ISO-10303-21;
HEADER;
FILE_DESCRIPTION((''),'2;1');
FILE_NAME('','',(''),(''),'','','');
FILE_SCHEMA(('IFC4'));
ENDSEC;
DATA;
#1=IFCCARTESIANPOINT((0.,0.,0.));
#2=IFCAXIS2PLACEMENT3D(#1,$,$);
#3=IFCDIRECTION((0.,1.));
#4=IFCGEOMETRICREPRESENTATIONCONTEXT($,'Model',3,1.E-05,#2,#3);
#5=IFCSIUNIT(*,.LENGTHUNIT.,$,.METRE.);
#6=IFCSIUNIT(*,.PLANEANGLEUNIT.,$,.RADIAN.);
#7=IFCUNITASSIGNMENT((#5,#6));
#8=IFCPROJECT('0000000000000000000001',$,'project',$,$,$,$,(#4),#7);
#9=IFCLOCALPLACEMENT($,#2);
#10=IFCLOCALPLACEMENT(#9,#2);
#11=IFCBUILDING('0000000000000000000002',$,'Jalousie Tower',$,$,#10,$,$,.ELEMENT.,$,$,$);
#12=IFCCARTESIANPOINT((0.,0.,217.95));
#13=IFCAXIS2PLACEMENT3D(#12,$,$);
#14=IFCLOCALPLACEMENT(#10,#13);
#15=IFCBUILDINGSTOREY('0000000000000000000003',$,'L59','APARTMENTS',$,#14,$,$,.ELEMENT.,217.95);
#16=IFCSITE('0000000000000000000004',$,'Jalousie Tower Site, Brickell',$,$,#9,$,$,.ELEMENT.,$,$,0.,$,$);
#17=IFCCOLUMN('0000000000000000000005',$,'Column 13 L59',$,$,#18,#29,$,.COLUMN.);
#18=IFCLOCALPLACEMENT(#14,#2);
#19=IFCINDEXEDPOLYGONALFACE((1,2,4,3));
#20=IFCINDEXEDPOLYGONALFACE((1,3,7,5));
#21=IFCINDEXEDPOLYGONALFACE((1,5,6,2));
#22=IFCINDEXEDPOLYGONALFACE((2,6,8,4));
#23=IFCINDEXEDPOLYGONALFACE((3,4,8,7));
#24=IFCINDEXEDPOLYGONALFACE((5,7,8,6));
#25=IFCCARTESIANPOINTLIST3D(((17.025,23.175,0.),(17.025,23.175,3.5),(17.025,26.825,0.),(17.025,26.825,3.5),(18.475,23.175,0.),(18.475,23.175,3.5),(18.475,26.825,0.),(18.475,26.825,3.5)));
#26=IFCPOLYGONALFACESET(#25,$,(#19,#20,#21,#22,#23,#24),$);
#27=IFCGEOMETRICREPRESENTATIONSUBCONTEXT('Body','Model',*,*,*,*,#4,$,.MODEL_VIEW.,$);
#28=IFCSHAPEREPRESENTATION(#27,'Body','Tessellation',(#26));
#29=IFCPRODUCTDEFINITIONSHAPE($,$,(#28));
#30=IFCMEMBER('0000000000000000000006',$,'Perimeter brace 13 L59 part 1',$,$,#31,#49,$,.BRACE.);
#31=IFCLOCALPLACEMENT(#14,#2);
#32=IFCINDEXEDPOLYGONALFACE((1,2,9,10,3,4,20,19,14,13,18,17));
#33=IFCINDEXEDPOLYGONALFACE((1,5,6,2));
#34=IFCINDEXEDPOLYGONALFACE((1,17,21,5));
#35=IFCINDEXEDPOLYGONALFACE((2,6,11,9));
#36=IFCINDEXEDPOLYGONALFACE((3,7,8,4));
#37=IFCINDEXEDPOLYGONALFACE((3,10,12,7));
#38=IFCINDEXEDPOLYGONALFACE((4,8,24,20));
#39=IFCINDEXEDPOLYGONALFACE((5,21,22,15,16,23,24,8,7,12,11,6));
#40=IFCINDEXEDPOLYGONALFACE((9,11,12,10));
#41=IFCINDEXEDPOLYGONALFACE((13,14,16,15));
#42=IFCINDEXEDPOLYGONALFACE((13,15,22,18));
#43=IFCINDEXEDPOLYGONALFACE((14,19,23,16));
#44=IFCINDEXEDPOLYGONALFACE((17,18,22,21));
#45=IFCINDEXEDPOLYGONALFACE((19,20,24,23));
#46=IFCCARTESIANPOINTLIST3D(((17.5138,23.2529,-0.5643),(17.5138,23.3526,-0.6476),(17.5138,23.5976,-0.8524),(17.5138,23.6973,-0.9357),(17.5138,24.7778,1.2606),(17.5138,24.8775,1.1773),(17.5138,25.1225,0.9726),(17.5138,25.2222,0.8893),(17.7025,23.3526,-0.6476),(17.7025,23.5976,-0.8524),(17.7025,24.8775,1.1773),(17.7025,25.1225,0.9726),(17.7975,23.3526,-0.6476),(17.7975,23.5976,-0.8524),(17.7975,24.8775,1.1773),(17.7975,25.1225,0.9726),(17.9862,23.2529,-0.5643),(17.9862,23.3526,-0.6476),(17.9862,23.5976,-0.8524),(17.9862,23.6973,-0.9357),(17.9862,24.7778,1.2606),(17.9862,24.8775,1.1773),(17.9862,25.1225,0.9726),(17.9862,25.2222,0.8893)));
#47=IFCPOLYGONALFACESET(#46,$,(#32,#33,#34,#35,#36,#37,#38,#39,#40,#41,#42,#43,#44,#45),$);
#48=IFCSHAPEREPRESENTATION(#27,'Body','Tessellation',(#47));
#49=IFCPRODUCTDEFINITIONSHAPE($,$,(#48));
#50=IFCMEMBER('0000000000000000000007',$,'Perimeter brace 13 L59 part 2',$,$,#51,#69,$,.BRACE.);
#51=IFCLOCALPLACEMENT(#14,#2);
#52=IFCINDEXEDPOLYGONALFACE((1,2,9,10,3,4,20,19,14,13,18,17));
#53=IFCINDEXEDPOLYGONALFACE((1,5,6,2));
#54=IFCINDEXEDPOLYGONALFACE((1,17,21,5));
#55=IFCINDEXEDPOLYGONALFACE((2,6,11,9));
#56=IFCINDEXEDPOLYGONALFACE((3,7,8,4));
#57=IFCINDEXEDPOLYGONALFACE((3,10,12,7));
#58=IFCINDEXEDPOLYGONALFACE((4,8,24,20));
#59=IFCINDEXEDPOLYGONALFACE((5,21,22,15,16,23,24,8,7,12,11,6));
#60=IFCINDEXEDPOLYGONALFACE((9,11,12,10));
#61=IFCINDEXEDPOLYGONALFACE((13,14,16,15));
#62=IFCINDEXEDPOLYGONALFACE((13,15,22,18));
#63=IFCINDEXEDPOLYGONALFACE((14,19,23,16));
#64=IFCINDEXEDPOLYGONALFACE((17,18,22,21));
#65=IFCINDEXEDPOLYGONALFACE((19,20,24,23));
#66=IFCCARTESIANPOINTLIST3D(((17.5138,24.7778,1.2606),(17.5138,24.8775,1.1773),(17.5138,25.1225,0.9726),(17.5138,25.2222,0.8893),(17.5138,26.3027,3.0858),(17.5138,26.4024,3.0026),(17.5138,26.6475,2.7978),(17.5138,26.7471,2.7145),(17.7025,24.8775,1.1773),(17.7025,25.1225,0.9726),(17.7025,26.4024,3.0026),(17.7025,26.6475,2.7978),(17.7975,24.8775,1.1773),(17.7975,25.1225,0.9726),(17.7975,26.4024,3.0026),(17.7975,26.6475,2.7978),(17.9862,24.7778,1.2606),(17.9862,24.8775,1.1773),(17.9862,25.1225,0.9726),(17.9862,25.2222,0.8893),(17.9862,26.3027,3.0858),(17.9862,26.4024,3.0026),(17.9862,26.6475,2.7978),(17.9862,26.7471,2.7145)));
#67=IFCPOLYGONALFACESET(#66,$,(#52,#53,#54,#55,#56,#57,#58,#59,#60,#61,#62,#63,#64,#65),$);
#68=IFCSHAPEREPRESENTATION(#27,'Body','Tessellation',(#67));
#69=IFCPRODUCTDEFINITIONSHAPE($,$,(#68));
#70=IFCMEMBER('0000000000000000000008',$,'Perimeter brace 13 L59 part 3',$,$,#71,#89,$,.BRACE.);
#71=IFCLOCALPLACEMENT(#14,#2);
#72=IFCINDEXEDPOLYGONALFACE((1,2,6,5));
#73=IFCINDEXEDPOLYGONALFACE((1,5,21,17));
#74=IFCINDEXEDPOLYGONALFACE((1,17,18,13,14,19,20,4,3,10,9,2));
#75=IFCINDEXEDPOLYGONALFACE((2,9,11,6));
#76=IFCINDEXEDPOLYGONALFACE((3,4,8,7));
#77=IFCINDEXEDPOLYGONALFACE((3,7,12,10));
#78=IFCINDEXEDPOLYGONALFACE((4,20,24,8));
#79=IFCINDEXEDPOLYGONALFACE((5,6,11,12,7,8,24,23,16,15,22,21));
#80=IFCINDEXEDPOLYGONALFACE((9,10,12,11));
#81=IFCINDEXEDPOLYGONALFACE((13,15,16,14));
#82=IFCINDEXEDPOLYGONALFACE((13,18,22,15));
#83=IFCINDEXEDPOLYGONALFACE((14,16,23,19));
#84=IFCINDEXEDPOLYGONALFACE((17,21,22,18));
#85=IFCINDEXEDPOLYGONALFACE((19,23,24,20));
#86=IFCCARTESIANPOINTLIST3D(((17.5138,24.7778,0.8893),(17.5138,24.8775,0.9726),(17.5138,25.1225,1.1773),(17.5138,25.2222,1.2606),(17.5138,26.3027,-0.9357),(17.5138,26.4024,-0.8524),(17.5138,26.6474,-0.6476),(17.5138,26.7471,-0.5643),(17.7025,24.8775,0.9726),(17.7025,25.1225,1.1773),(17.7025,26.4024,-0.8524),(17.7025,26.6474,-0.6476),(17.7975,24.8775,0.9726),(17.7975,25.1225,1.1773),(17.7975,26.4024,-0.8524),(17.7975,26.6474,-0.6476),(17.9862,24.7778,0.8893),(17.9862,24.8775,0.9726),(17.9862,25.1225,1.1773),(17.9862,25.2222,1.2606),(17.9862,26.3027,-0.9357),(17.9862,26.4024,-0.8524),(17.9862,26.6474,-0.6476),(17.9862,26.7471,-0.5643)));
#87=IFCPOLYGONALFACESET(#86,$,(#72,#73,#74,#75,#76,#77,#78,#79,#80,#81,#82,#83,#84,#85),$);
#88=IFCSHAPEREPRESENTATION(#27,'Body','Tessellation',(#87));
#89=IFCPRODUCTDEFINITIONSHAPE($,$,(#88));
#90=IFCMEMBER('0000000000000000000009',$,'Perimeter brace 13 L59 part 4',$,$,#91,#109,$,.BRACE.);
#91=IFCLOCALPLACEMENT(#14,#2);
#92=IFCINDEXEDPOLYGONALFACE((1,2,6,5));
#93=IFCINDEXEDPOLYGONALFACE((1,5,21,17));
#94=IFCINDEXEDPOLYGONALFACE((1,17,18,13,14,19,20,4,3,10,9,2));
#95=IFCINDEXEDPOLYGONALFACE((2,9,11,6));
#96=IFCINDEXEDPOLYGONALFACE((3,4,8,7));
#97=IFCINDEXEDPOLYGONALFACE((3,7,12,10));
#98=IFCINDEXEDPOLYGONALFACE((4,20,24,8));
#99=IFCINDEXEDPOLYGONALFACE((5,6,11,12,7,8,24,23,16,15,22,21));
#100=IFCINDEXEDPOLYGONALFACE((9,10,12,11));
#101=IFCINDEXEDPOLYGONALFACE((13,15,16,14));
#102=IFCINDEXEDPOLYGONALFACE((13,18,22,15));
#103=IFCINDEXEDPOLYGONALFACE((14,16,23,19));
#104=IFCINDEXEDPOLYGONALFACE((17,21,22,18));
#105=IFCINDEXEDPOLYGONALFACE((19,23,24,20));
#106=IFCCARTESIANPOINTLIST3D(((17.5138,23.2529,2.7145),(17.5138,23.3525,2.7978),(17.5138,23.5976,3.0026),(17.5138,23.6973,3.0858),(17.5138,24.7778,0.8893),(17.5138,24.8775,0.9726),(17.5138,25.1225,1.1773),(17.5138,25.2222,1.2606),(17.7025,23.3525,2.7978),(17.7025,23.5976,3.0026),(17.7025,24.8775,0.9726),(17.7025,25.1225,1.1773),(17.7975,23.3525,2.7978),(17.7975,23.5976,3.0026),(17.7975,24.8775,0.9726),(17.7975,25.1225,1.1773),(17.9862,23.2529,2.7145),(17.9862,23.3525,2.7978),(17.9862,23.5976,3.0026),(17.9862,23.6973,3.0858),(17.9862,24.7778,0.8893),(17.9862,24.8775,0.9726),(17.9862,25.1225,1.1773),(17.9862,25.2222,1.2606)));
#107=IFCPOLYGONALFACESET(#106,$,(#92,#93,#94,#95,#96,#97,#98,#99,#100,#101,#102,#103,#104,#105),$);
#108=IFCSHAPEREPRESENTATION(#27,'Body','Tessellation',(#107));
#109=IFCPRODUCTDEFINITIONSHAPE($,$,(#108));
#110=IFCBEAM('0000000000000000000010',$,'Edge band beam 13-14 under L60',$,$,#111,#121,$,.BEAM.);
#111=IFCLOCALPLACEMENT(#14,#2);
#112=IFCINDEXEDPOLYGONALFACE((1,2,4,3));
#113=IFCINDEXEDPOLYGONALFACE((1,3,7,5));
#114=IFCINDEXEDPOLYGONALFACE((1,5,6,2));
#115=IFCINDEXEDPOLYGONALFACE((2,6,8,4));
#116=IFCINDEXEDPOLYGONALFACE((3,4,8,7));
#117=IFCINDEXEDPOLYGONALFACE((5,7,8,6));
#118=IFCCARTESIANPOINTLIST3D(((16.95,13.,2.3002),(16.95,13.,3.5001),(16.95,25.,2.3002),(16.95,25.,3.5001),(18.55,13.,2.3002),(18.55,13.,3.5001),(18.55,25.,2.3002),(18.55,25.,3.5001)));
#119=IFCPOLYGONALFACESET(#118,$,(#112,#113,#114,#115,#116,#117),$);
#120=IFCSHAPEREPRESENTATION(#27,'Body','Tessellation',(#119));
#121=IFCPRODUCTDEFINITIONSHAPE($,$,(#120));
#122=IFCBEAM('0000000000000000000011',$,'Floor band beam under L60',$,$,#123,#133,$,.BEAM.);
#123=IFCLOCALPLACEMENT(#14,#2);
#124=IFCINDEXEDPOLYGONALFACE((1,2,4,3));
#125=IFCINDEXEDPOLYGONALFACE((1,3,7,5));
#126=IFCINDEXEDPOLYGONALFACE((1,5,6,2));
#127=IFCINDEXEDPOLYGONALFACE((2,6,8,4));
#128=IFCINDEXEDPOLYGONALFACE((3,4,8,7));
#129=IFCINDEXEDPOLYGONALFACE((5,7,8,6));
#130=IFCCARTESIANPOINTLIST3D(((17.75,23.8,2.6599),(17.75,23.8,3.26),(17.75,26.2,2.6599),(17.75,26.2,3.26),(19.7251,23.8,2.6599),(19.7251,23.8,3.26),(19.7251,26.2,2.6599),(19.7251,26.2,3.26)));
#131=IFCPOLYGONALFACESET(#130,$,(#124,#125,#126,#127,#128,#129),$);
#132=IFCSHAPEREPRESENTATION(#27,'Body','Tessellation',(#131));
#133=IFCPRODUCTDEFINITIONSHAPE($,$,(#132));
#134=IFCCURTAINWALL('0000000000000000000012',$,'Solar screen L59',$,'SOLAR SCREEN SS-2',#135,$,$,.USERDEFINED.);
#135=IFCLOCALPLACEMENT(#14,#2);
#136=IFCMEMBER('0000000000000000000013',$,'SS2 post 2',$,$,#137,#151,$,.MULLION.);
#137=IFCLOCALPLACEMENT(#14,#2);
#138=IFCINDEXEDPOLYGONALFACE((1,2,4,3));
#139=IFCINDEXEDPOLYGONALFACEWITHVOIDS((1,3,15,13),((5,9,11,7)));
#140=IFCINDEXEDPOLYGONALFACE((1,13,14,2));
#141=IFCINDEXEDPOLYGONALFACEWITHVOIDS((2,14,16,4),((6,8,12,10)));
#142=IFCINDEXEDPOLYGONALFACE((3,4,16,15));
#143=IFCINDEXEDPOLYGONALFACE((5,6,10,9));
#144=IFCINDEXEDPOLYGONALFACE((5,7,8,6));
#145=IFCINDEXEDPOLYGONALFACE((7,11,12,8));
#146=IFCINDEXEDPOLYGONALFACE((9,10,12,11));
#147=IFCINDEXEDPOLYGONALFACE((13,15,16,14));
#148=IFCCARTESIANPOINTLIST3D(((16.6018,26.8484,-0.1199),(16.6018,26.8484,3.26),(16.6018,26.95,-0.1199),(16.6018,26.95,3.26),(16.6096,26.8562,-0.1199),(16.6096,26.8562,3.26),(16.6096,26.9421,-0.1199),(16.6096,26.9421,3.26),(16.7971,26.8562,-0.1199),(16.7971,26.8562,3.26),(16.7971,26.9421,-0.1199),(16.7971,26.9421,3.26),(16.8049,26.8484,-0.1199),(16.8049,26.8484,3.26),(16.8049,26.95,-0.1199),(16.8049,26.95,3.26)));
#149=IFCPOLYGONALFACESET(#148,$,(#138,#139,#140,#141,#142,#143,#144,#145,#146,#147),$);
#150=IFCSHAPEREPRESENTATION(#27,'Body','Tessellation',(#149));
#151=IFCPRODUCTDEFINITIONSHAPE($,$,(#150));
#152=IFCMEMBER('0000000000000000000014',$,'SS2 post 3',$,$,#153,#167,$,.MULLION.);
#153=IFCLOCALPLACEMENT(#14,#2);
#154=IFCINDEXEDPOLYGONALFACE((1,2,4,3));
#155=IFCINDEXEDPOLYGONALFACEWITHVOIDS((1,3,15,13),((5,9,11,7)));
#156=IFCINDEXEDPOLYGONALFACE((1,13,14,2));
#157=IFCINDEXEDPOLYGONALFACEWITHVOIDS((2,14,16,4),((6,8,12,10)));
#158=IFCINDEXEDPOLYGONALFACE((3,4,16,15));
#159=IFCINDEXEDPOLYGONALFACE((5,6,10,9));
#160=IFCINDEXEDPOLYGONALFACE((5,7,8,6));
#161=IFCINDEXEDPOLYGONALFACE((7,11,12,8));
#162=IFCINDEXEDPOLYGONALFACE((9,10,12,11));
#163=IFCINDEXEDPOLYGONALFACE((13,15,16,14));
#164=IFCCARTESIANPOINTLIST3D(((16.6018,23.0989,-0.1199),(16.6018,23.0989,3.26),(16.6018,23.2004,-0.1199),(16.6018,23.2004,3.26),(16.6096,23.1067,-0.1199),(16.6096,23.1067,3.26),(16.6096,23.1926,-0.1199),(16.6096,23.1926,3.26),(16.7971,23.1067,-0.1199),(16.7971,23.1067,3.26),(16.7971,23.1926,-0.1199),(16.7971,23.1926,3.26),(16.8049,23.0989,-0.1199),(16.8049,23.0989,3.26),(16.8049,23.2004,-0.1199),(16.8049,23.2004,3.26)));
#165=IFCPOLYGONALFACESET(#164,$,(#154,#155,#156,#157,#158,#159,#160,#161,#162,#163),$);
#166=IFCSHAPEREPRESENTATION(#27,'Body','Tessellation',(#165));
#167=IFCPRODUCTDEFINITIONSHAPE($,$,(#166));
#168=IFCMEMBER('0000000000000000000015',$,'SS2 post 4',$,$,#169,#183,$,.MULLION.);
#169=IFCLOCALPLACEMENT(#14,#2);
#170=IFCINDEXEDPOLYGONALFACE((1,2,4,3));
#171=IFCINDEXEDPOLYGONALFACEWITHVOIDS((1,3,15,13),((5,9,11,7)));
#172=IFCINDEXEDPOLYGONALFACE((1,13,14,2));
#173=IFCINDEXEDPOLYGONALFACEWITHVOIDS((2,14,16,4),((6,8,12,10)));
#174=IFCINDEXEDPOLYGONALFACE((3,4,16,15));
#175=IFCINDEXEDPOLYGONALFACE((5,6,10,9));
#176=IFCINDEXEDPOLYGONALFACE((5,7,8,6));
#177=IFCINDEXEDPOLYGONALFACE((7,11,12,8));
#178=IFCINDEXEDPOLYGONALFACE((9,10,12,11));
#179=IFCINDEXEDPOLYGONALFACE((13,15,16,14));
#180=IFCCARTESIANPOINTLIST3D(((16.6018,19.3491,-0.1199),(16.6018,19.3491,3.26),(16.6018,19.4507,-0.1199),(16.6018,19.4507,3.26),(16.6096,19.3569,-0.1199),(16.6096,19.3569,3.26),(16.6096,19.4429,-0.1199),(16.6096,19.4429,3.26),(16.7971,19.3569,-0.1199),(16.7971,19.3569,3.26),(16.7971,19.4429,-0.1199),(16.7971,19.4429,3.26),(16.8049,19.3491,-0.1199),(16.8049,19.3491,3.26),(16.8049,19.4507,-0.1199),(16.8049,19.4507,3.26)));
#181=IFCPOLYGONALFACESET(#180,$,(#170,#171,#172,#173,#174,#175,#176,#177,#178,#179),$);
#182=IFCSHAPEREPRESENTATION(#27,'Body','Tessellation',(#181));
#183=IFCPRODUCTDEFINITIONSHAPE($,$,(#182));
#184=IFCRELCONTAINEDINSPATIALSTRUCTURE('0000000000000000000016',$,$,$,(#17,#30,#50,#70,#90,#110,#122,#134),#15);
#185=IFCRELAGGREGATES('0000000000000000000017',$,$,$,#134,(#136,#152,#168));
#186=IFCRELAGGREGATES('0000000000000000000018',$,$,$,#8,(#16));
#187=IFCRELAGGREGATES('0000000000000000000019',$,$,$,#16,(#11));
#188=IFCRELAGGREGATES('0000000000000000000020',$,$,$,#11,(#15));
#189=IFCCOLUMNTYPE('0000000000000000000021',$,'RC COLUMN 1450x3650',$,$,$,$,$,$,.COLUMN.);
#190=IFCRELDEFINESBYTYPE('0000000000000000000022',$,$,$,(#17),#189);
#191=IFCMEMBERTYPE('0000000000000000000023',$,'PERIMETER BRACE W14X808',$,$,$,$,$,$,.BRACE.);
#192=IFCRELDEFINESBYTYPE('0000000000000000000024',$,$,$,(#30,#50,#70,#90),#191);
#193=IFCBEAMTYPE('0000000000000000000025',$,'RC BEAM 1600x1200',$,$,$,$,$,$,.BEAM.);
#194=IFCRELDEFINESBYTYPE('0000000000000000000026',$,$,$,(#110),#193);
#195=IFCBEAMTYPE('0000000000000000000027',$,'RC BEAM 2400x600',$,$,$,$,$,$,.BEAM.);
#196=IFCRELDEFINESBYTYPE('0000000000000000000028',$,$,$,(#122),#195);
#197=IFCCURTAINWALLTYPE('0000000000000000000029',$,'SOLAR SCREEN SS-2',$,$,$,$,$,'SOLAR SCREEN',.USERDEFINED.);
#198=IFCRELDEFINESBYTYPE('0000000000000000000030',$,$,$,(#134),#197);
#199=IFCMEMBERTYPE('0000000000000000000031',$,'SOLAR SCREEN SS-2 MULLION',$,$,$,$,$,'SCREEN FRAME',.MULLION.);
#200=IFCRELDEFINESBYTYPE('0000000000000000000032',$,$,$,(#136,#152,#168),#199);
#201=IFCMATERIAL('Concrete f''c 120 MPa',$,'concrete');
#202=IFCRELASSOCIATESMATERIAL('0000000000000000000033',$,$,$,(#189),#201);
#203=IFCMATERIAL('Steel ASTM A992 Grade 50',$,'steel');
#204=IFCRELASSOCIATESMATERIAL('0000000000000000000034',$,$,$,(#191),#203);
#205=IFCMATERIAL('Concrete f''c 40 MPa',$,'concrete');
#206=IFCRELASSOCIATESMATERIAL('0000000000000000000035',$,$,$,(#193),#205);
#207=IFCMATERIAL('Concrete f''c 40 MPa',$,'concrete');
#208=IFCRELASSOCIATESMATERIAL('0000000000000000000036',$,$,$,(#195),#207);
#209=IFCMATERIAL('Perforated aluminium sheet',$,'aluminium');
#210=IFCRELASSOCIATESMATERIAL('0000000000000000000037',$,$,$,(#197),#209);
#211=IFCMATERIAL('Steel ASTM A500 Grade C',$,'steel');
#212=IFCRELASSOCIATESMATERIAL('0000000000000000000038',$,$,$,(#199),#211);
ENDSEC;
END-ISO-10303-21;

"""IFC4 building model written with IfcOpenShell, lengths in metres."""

from ifc_helpers import new_model, si_unit, direction, frame, origin, origin_2d, place, context, subcontext, project, spatial, rectangle, hollow_rectangle, i_section, extrude, material, material_profile, profile_set, type_object, element, aggregate, save


model = new_model("IFC4")

# Units and contexts
model_context = context("Model", 3, precision=1e-05, world=origin(), true_north=direction((0.0, 1.0)))
body_context = subcontext(model_context, "Body", "Model", "MODEL_VIEW")
ifc_project = project(units=[si_unit("LENGTHUNIT", "METRE"), si_unit("PLANEANGLEUNIT", "RADIAN")], contexts=[model_context])

# Site, building, storey
site_placement = place(None, origin())
site = spatial("IfcSite", under=ifc_project, at=site_placement, Name="Jalousie Tower Site, Brickell", CompositionType="ELEMENT", RefElevation=0.0)
building_placement = place(site_placement, origin())
building = spatial("IfcBuilding", under=site, at=building_placement, Name="Jalousie Tower", CompositionType="ELEMENT")
storey_placement = place(building_placement, frame((0.0, 0.0, 217.95)))
storey = spatial("IfcBuildingStorey", under=building, at=storey_placement, Name="L59", Description="APARTMENTS", CompositionType="ELEMENT", Elevation=217.95)

# Column
ifc_material_1 = material(Name="Concrete f'c 120 MPa", Category="concrete")
ifc_material_profile_1 = material_profile(ifc_material_1, rectangle(XDim=1.45, YDim=3.6499, at=origin_2d()), Name="RC 1450x3650")
ifc_profile_set_1 = profile_set([ifc_material_profile_1], Name="Concrete f'c 120 MPa")
column_type = type_object("IfcColumnType", Name="RC COLUMN 1450x3650", PredefinedType="COLUMN", material=ifc_profile_set_1)
column_placement = place(storey_placement, frame((17.75, 25.0, 0.0), z_axis=(0.0, 0.0, 1.0), x_axis=(1.0, 0.0, 0.0)))
element("IfcColumn", 1, at=column_placement, inside=storey, type_object=column_type, Name="Column 13 L59", PredefinedType="COLUMN", context=body_context, shape_type="SweptSolid", body=[
    extrude(rectangle(XDim=1.45, YDim=3.6499, at=origin_2d()), origin(), (0.0, 0.0, 1.0), 3.5),
])

# Members
ifc_material_2 = material(Name="Steel ASTM A992 Grade 50", Category="steel")
ifc_material_profile_2 = material_profile(ifc_material_2, i_section(OverallWidth=0.4724, OverallDepth=0.5791, WebThickness=0.095, FlangeThickness=0.1299, at=origin_2d()), Name="W14X808")
ifc_profile_set_2 = profile_set([ifc_material_profile_2], Name="Steel ASTM A992 Grade 50")
member_type_1 = type_object("IfcMemberType", Name="PERIMETER BRACE W14X808", PredefinedType="BRACE", material=ifc_profile_set_2)
member_1_placement = place(storey_placement, frame((17.75, 23.4751, -0.75), z_axis=(0.0, 0.641204, 0.767371), x_axis=(-1.0, 0.0, 0.0)))
element("IfcMember", 2, at=member_1_placement, inside=storey, type_object=member_type_1, Name="Perimeter brace 13 L59 part 1", PredefinedType="BRACE", context=body_context, shape_type="SweptSolid", body=[
    extrude(i_section(OverallWidth=0.4724, OverallDepth=0.5791, WebThickness=0.095, FlangeThickness=0.1299, at=origin_2d()), origin(), (0.0, 0.0, 1.0), 2.3782),
])
member_2_placement = place(storey_placement, frame((17.75, 25.0, 1.075), z_axis=(0.0, 0.641153, 0.767413), x_axis=(-1.0, 0.0, 0.0)))
element("IfcMember", 3, at=member_2_placement, inside=storey, type_object=member_type_1, Name="Perimeter brace 13 L59 part 2", PredefinedType="BRACE", context=body_context, shape_type="SweptSolid", body=[
    extrude(i_section(OverallWidth=0.4724, OverallDepth=0.5791, WebThickness=0.095, FlangeThickness=0.1299, at=origin_2d()), origin(), (0.0, 0.0, 1.0), 2.3784),
])
member_3_placement = place(storey_placement, frame((17.75, 26.5249, -0.75), z_axis=(0.0, -0.641204, 0.767371), x_axis=(1.0, 0.0, 0.0)))
element("IfcMember", 4, at=member_3_placement, inside=storey, type_object=member_type_1, Name="Perimeter brace 13 L59 part 3", PredefinedType="BRACE", context=body_context, shape_type="SweptSolid", body=[
    extrude(i_section(OverallWidth=0.4724, OverallDepth=0.5791, WebThickness=0.095, FlangeThickness=0.1299, at=origin_2d()), origin(), (0.0, 0.0, 1.0), 2.3782),
])
member_4_placement = place(storey_placement, frame((17.75, 25.0, 1.075), z_axis=(0.0, -0.641153, 0.767413), x_axis=(1.0, 0.0, 0.0)))
element("IfcMember", 5, at=member_4_placement, inside=storey, type_object=member_type_1, Name="Perimeter brace 13 L59 part 4", PredefinedType="BRACE", context=body_context, shape_type="SweptSolid", body=[
    extrude(i_section(OverallWidth=0.4724, OverallDepth=0.5791, WebThickness=0.095, FlangeThickness=0.1299, at=origin_2d()), origin(), (0.0, 0.0, 1.0), 2.3784),
])

# Beams
ifc_material_3 = material(Name="Concrete f'c 40 MPa", Category="concrete")
ifc_material_profile_3 = material_profile(ifc_material_3, rectangle(XDim=1.6001, YDim=1.2, at=origin_2d()), Name="RC 1600x1200")
ifc_profile_set_3 = profile_set([ifc_material_profile_3], Name="Concrete f'c 40 MPa")
beam_type_1 = type_object("IfcBeamType", Name="RC BEAM 1600x1200", PredefinedType="BEAM", material=ifc_profile_set_3)
beam_1_placement = place(storey_placement, frame((17.75, 25.0, 2.9001), z_axis=(0.0, -1.0, 0.0), x_axis=(1.0, 0.0, 0.0)))
element("IfcBeam", 6, at=beam_1_placement, inside=storey, type_object=beam_type_1, Name="Edge band beam 13-14 under L60", PredefinedType="BEAM", context=body_context, shape_type="SweptSolid", body=[
    extrude(rectangle(XDim=1.6001, YDim=1.2, at=origin_2d()), origin(), (0.0, 0.0, 1.0), 12.0),
])
ifc_material_4 = material(Name="Concrete f'c 40 MPa", Category="concrete")
ifc_material_profile_4 = material_profile(ifc_material_4, rectangle(XDim=2.3999, YDim=0.6001, at=origin_2d()), Name="RC 2400x600")
ifc_profile_set_4 = profile_set([ifc_material_profile_4], Name="Concrete f'c 40 MPa")
beam_type_2 = type_object("IfcBeamType", Name="RC BEAM 2400x600", PredefinedType="BEAM", material=ifc_profile_set_4)
beam_2_placement = place(storey_placement, frame((17.75, 25.0, 2.96), z_axis=(1.0, 0.0, 0.0), x_axis=(0.0, 1.0, 0.0)))
element("IfcBeam", 7, at=beam_2_placement, inside=storey, type_object=beam_type_2, Name="Floor band beam under L60", PredefinedType="BEAM", context=body_context, shape_type="SweptSolid", body=[
    extrude(rectangle(XDim=2.3999, YDim=0.6001, at=origin_2d()), origin(), (0.0, 0.0, 1.0), 1.9751),
])

# Curtain wall, members
ifc_material_5 = material(Name="Perforated aluminium sheet", Category="aluminium")
curtain_wall_type = type_object("IfcCurtainWallType", Name="SOLAR SCREEN SS-2", ElementType="SOLAR SCREEN", PredefinedType="USERDEFINED", material=ifc_material_5)
curtain_wall_1_placement = place(storey_placement, origin())
curtain_wall_1 = element("IfcCurtainWall", 8, at=curtain_wall_1_placement, inside=storey, type_object=curtain_wall_type, Name="Solar screen L59", ObjectType="SOLAR SCREEN SS-2", PredefinedType="USERDEFINED")
ifc_material_6 = material(Name="Steel ASTM A500 Grade C", Category="steel")
ifc_material_profile_5 = material_profile(ifc_material_6, hollow_rectangle(XDim=0.1016, YDim=0.2031, WallThickness=0.0078, at=origin_2d()), Name="HSS8X4X5/16")
ifc_profile_set_5 = profile_set([ifc_material_profile_5], Name="Steel ASTM A500 Grade C")
member_type_2 = type_object("IfcMemberType", Name="SOLAR SCREEN SS-2 MULLION", ElementType="SCREEN FRAME", PredefinedType="MULLION", material=ifc_profile_set_5)
member_5_placement = place(storey_placement, frame((16.7034, 26.8992, -0.1199), z_axis=(0.0, 0.0, 1.0), x_axis=(0.0, -1.0, 0.0)))
member_5 = element("IfcMember", 9, at=member_5_placement, type_object=member_type_2, Name="SS2 post 2", PredefinedType="MULLION", context=body_context, shape_type="SweptSolid", body=[
    extrude(hollow_rectangle(XDim=0.1016, YDim=0.2031, WallThickness=0.0078, at=origin_2d()), origin(), (0.0, 0.0, 1.0), 3.3799),
])
member_6_placement = place(storey_placement, frame((16.7034, 23.1497, -0.1199), z_axis=(0.0, 0.0, 1.0), x_axis=(0.0, -1.0, 0.0)))
member_6 = element("IfcMember", 10, at=member_6_placement, type_object=member_type_2, Name="SS2 post 3", PredefinedType="MULLION", context=body_context, shape_type="SweptSolid", body=[
    extrude(hollow_rectangle(XDim=0.1016, YDim=0.2031, WallThickness=0.0078, at=origin_2d()), origin(), (0.0, 0.0, 1.0), 3.3799),
])
member_7_placement = place(storey_placement, frame((16.7034, 19.3999, -0.1199), z_axis=(0.0, 0.0, 1.0), x_axis=(0.0, -1.0, 0.0)))
member_7 = element("IfcMember", 11, at=member_7_placement, type_object=member_type_2, Name="SS2 post 4", PredefinedType="MULLION", context=body_context, shape_type="SweptSolid", body=[
    extrude(hollow_rectangle(XDim=0.1016, YDim=0.2031, WallThickness=0.0078, at=origin_2d()), origin(), (0.0, 0.0, 1.0), 3.3799),
])

aggregate(curtain_wall_1, [member_5, member_6, member_7])

save(model, "model.ifc")
